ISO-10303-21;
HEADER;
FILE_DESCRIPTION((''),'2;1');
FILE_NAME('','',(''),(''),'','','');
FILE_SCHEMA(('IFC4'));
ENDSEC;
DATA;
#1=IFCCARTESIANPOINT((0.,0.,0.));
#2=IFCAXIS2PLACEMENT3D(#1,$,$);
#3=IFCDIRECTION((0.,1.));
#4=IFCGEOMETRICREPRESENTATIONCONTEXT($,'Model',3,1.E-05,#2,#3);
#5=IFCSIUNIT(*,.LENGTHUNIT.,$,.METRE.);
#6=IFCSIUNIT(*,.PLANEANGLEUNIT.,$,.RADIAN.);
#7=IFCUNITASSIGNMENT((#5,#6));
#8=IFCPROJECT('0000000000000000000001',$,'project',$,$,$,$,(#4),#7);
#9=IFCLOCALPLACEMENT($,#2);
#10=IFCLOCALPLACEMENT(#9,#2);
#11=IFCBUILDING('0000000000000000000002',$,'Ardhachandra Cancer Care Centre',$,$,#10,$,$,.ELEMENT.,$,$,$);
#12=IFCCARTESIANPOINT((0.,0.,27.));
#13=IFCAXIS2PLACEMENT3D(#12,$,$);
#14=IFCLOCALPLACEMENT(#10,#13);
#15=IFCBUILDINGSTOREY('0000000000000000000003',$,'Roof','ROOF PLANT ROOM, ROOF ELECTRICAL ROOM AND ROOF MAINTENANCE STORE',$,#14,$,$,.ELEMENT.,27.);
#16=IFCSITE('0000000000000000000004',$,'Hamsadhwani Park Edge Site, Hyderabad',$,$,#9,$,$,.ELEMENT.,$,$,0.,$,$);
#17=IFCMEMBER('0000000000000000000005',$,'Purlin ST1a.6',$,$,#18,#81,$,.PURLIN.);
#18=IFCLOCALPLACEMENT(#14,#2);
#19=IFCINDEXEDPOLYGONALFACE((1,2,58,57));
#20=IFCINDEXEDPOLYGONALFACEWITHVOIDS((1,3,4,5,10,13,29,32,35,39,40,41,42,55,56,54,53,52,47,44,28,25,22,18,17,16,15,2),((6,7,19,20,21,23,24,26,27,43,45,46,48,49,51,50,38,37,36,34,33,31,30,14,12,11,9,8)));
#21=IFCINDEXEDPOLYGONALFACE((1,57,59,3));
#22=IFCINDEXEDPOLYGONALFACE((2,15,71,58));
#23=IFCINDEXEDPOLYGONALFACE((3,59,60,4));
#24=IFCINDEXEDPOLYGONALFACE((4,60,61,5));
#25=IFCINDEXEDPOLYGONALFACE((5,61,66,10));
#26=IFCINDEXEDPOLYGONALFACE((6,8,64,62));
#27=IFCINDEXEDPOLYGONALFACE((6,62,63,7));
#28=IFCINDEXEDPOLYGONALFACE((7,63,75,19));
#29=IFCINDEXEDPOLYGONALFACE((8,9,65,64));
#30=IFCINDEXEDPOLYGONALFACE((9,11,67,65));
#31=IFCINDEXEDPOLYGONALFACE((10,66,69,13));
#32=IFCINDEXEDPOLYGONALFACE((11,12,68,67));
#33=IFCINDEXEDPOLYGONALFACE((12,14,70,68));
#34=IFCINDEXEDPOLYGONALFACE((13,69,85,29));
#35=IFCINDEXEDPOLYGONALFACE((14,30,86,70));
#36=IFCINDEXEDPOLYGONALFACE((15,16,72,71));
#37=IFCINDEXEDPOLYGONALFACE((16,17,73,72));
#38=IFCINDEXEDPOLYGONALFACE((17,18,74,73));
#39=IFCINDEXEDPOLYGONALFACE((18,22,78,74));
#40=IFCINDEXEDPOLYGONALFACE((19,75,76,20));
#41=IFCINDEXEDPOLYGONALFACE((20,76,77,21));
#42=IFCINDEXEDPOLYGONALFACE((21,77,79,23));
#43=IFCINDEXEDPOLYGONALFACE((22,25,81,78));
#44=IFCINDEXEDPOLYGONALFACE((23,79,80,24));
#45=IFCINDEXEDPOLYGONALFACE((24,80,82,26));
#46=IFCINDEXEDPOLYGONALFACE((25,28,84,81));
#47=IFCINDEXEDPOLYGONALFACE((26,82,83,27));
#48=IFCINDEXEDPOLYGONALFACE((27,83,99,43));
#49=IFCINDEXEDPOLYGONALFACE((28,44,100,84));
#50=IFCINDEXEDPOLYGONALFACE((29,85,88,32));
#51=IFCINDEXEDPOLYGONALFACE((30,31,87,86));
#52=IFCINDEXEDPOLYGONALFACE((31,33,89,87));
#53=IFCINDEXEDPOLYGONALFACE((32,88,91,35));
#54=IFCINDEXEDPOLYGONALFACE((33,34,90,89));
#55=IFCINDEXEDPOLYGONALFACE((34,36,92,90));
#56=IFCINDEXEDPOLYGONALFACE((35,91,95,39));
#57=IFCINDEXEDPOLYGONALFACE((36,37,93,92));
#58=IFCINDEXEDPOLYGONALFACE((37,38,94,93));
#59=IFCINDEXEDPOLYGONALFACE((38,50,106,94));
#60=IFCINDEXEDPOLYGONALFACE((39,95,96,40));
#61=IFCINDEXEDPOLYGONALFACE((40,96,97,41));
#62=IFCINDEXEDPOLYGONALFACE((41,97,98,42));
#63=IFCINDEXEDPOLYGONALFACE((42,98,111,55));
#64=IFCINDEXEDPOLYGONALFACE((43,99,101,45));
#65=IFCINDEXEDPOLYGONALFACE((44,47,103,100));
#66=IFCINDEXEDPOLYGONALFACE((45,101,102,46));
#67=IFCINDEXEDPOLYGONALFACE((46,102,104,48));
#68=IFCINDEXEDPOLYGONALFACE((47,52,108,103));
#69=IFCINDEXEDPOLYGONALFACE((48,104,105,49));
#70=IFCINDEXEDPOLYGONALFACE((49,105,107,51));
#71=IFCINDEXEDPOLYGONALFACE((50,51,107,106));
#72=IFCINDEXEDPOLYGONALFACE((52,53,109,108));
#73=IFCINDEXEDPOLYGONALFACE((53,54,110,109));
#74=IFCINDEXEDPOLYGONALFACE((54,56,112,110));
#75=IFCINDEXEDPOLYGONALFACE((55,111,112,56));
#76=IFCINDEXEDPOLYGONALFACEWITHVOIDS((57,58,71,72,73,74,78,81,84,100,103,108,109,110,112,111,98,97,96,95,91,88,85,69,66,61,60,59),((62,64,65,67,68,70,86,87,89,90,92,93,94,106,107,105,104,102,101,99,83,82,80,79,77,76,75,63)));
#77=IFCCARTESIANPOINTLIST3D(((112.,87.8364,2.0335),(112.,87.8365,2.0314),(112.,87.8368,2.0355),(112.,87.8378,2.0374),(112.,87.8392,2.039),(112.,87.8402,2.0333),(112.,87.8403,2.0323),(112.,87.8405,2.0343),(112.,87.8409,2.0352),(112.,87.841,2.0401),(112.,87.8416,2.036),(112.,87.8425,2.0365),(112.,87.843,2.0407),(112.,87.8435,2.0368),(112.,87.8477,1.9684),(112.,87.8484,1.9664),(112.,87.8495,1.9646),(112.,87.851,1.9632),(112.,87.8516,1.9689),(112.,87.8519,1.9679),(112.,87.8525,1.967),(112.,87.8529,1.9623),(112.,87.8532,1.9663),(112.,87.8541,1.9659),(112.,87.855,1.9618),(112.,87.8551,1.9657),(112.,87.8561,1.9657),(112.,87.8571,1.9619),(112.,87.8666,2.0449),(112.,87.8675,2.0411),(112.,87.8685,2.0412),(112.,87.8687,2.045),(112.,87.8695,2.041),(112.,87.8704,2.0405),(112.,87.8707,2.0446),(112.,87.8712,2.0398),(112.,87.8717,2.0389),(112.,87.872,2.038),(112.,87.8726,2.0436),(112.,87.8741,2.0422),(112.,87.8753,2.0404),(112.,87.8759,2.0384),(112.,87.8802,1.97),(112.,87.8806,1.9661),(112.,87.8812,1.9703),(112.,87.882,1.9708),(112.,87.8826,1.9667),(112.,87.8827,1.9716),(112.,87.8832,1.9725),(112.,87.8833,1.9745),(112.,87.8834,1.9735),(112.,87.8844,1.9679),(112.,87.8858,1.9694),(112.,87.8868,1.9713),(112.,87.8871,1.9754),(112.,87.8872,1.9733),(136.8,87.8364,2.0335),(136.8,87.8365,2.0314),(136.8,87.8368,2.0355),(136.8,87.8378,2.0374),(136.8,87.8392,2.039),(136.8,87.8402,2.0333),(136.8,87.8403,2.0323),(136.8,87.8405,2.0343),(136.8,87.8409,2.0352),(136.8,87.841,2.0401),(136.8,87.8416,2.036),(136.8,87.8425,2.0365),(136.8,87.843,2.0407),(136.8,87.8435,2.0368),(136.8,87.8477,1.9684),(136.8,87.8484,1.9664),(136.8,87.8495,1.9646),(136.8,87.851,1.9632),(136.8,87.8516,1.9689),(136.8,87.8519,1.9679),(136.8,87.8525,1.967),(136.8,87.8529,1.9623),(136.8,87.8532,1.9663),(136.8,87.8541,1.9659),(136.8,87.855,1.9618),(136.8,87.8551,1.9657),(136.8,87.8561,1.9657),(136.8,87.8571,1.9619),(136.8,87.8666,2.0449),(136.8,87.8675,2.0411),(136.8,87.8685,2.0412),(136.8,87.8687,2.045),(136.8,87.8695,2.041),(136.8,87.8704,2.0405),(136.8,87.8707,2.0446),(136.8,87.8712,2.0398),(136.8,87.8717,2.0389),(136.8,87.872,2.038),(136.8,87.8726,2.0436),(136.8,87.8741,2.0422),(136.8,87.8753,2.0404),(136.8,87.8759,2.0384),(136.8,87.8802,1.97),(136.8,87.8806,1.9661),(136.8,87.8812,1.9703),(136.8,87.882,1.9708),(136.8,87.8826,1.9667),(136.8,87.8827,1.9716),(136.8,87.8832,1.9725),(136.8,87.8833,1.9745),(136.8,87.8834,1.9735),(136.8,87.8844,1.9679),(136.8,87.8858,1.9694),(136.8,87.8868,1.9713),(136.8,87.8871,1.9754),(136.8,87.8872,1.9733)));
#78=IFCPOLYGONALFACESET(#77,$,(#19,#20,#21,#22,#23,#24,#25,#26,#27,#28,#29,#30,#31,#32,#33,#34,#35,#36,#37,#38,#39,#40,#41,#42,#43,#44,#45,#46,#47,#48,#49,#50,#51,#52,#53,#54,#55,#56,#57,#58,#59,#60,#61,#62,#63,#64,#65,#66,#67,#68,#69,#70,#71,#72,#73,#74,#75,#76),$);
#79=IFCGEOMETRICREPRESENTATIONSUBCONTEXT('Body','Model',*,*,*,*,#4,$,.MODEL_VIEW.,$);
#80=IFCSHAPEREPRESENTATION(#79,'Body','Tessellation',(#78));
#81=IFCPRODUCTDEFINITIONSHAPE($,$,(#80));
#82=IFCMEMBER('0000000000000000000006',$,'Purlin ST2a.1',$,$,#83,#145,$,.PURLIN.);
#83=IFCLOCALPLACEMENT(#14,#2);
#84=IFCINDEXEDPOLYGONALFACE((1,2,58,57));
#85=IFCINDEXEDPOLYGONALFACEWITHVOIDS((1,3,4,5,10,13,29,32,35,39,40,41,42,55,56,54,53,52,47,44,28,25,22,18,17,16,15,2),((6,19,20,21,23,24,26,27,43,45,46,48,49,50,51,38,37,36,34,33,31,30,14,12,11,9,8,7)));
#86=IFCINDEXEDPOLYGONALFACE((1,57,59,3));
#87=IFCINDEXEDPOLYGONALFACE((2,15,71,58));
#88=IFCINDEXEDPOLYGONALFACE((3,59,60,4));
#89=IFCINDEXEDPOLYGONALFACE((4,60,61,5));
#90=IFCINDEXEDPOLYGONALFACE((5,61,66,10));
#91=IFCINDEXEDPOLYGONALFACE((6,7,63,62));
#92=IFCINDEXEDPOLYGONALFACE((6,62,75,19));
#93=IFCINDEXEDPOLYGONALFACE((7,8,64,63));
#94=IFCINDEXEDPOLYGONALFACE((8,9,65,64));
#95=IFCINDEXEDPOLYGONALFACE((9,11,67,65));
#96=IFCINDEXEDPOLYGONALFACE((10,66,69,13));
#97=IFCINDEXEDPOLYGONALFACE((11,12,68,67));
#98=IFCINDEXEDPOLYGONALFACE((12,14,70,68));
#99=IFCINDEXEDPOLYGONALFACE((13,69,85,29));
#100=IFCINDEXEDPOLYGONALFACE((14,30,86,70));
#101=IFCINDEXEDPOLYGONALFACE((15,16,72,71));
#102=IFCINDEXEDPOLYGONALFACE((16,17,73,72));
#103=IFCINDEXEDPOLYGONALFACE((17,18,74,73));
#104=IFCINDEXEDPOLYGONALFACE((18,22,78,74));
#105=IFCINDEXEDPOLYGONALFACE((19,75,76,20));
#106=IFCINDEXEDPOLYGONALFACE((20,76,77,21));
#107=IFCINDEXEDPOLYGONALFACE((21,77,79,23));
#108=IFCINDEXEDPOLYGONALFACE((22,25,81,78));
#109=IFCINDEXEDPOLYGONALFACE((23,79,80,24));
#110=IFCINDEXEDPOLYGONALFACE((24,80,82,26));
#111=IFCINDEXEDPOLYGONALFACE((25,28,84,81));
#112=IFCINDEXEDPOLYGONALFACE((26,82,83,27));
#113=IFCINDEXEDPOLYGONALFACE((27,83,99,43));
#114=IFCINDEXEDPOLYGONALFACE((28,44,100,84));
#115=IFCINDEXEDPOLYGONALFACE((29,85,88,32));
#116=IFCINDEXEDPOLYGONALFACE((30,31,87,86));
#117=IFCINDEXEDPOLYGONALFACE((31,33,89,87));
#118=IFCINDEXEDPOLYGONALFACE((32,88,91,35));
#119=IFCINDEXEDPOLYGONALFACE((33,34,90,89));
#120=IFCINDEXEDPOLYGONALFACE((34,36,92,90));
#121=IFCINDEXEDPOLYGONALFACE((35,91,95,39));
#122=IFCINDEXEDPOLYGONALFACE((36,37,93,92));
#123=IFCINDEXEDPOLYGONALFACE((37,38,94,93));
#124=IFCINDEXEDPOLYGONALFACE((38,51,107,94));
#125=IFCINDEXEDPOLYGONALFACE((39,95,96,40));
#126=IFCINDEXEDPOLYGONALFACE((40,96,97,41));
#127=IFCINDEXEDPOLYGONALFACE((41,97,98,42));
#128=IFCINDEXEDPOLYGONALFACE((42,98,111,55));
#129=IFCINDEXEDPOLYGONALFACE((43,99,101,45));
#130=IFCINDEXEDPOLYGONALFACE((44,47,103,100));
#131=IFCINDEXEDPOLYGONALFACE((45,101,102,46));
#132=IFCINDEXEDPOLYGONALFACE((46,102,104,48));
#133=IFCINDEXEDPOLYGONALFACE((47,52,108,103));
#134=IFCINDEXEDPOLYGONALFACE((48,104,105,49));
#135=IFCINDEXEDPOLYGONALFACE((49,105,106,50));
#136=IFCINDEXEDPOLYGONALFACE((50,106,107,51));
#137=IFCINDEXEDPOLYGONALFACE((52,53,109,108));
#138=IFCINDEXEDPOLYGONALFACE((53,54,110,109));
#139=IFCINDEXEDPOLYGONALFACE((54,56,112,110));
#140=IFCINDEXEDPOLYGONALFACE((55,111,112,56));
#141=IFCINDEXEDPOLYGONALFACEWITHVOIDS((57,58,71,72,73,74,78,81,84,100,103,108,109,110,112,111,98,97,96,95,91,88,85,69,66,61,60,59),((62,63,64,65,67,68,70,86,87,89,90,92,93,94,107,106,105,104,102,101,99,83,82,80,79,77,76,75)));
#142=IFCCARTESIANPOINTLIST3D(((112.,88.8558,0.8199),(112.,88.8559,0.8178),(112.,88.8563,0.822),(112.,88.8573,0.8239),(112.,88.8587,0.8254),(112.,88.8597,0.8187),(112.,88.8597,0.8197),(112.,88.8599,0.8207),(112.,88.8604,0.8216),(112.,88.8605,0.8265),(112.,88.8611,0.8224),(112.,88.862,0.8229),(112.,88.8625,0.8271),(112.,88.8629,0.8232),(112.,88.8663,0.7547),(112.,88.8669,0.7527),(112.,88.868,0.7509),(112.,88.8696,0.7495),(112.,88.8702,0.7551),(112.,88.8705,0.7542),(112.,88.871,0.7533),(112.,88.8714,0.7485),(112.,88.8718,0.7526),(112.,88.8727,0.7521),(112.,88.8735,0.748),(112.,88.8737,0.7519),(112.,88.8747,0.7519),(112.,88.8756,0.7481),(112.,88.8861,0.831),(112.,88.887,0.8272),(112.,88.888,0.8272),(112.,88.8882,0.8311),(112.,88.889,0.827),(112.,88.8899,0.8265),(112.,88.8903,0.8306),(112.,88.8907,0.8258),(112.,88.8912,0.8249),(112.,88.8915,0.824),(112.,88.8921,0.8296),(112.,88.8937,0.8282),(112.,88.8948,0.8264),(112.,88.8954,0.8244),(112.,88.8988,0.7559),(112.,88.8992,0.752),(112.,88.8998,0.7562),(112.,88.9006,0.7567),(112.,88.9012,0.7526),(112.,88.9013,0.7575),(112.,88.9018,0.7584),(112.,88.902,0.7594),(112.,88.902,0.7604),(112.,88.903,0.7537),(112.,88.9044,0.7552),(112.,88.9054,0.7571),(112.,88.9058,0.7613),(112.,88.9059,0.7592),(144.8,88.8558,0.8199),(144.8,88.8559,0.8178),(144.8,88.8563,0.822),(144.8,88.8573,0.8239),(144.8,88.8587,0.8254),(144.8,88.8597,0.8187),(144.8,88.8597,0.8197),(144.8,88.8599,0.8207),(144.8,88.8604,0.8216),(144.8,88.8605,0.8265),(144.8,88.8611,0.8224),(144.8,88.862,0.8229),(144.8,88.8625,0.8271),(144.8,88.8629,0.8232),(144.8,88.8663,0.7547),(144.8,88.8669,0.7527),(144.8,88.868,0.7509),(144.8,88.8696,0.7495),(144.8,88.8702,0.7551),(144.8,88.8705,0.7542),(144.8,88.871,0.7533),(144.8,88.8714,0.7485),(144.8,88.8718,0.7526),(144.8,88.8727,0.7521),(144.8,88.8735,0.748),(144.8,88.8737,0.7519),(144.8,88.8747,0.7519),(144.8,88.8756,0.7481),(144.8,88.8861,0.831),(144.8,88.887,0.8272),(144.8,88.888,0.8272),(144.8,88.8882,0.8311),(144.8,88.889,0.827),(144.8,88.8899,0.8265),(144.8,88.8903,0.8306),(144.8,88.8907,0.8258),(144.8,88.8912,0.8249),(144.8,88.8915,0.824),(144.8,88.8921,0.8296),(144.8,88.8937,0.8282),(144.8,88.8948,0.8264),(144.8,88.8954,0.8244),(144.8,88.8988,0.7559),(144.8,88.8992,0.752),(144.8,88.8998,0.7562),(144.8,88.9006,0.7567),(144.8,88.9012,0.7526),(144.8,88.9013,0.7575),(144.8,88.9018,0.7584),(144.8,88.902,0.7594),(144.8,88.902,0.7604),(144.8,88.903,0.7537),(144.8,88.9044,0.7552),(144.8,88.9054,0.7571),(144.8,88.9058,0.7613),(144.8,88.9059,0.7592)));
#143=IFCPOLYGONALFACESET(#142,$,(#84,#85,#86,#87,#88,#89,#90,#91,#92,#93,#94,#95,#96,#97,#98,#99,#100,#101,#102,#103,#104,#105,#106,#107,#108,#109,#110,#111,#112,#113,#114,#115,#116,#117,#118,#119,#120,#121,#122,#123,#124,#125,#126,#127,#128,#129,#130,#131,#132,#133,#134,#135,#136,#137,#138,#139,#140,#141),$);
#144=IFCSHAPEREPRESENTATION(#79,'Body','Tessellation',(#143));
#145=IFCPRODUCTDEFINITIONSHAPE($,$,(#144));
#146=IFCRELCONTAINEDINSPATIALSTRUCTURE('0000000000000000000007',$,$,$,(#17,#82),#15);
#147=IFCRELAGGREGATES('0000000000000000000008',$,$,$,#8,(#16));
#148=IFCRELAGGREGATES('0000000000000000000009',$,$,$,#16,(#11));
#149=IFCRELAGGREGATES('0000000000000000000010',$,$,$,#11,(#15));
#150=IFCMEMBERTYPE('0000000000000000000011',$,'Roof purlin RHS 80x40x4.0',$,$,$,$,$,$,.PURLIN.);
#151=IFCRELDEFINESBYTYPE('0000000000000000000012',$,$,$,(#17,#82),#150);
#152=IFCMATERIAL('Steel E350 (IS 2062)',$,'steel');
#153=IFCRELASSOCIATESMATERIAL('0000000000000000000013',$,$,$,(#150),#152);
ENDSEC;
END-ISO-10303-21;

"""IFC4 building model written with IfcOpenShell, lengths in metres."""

from ifc_helpers import new_model, si_unit, direction, frame, origin, origin_2d, place, context, subcontext, project, spatial, hollow_rectangle, extrude, material, material_profile, profile_set, type_object, element, save


model = new_model("IFC4")

# Units and contexts
model_context = context("Model", 3, precision=1e-05, world=origin(), true_north=direction((0.0, 1.0)))
body_context = subcontext(model_context, "Body", "Model", "MODEL_VIEW")
ifc_project = project(units=[si_unit("LENGTHUNIT", "METRE"), si_unit("PLANEANGLEUNIT", "RADIAN")], contexts=[model_context])

# Site, building, storey
site_placement = place(None, origin())
site = spatial("IfcSite", under=ifc_project, at=site_placement, Name="Hamsadhwani Park Edge Site, Hyderabad", CompositionType="ELEMENT", RefElevation=0.0)
building_placement = place(site_placement, origin())
building = spatial("IfcBuilding", under=site, at=building_placement, Name="Ardhachandra Cancer Care Centre", CompositionType="ELEMENT")
storey_placement = place(building_placement, frame((0.0, 0.0, 27.0)))
storey = spatial("IfcBuildingStorey", under=building, at=storey_placement, Name="Roof", Description="ROOF PLANT ROOM, ROOF ELECTRICAL ROOM AND ROOF MAINTENANCE STORE", CompositionType="ELEMENT", Elevation=27.0)

# Members
ifc_material_1 = material(Name="Steel E350 (IS 2062)", Category="steel")
ifc_material_profile_1 = material_profile(ifc_material_1, hollow_rectangle(XDim=0.04, YDim=0.0801, WallThickness=0.0039, InnerFilletRadius=0.0039, OuterFilletRadius=0.0081, at=origin_2d()), Name="RHS 80x40x4.0")
ifc_profile_set_1 = profile_set([ifc_material_profile_1], Name="Steel E350 (IS 2062)")
member_type_1 = type_object("IfcMemberType", Name="Roof purlin RHS 80x40x4.0", PredefinedType="PURLIN", material=ifc_profile_set_1)
for number, where, z_axis, x_axis, name in (
    (1, (112.0, 87.8618, 2.0034), (1.0, 0.0, 0.0), (0.0, 0.98446, 0.175606), "Purlin ST1a.6"),
):
    element("IfcMember", number, at=place(storey_placement, frame(where, z_axis=z_axis, x_axis=x_axis)), inside=storey, type_object=member_type_1, Name=name, PredefinedType="PURLIN", context=body_context, shape_type="SweptSolid", body=[
        extrude(hollow_rectangle(XDim=0.04, YDim=0.0801, WallThickness=0.0039, InnerFilletRadius=0.0039, OuterFilletRadius=0.0081, at=origin_2d()), origin(), (0.0, 0.0, 1.0), 24.8),
    ])
for number, where, z_axis, x_axis, name in (
    (2, (112.0, 88.8809, 0.7896), (1.0, 0.0, 0.0), (0.0, 0.986659, 0.162799), "Purlin ST2a.1"),
):
    element("IfcMember", number, at=place(storey_placement, frame(where, z_axis=z_axis, x_axis=x_axis)), inside=storey, type_object=member_type_1, Name=name, PredefinedType="PURLIN", context=body_context, shape_type="SweptSolid", body=[
        extrude(hollow_rectangle(XDim=0.04, YDim=0.0801, WallThickness=0.0039, InnerFilletRadius=0.0039, OuterFilletRadius=0.0081, at=origin_2d()), origin(), (0.0, 0.0, 1.0), 32.8),
    ])

save(model, "model.ifc")
